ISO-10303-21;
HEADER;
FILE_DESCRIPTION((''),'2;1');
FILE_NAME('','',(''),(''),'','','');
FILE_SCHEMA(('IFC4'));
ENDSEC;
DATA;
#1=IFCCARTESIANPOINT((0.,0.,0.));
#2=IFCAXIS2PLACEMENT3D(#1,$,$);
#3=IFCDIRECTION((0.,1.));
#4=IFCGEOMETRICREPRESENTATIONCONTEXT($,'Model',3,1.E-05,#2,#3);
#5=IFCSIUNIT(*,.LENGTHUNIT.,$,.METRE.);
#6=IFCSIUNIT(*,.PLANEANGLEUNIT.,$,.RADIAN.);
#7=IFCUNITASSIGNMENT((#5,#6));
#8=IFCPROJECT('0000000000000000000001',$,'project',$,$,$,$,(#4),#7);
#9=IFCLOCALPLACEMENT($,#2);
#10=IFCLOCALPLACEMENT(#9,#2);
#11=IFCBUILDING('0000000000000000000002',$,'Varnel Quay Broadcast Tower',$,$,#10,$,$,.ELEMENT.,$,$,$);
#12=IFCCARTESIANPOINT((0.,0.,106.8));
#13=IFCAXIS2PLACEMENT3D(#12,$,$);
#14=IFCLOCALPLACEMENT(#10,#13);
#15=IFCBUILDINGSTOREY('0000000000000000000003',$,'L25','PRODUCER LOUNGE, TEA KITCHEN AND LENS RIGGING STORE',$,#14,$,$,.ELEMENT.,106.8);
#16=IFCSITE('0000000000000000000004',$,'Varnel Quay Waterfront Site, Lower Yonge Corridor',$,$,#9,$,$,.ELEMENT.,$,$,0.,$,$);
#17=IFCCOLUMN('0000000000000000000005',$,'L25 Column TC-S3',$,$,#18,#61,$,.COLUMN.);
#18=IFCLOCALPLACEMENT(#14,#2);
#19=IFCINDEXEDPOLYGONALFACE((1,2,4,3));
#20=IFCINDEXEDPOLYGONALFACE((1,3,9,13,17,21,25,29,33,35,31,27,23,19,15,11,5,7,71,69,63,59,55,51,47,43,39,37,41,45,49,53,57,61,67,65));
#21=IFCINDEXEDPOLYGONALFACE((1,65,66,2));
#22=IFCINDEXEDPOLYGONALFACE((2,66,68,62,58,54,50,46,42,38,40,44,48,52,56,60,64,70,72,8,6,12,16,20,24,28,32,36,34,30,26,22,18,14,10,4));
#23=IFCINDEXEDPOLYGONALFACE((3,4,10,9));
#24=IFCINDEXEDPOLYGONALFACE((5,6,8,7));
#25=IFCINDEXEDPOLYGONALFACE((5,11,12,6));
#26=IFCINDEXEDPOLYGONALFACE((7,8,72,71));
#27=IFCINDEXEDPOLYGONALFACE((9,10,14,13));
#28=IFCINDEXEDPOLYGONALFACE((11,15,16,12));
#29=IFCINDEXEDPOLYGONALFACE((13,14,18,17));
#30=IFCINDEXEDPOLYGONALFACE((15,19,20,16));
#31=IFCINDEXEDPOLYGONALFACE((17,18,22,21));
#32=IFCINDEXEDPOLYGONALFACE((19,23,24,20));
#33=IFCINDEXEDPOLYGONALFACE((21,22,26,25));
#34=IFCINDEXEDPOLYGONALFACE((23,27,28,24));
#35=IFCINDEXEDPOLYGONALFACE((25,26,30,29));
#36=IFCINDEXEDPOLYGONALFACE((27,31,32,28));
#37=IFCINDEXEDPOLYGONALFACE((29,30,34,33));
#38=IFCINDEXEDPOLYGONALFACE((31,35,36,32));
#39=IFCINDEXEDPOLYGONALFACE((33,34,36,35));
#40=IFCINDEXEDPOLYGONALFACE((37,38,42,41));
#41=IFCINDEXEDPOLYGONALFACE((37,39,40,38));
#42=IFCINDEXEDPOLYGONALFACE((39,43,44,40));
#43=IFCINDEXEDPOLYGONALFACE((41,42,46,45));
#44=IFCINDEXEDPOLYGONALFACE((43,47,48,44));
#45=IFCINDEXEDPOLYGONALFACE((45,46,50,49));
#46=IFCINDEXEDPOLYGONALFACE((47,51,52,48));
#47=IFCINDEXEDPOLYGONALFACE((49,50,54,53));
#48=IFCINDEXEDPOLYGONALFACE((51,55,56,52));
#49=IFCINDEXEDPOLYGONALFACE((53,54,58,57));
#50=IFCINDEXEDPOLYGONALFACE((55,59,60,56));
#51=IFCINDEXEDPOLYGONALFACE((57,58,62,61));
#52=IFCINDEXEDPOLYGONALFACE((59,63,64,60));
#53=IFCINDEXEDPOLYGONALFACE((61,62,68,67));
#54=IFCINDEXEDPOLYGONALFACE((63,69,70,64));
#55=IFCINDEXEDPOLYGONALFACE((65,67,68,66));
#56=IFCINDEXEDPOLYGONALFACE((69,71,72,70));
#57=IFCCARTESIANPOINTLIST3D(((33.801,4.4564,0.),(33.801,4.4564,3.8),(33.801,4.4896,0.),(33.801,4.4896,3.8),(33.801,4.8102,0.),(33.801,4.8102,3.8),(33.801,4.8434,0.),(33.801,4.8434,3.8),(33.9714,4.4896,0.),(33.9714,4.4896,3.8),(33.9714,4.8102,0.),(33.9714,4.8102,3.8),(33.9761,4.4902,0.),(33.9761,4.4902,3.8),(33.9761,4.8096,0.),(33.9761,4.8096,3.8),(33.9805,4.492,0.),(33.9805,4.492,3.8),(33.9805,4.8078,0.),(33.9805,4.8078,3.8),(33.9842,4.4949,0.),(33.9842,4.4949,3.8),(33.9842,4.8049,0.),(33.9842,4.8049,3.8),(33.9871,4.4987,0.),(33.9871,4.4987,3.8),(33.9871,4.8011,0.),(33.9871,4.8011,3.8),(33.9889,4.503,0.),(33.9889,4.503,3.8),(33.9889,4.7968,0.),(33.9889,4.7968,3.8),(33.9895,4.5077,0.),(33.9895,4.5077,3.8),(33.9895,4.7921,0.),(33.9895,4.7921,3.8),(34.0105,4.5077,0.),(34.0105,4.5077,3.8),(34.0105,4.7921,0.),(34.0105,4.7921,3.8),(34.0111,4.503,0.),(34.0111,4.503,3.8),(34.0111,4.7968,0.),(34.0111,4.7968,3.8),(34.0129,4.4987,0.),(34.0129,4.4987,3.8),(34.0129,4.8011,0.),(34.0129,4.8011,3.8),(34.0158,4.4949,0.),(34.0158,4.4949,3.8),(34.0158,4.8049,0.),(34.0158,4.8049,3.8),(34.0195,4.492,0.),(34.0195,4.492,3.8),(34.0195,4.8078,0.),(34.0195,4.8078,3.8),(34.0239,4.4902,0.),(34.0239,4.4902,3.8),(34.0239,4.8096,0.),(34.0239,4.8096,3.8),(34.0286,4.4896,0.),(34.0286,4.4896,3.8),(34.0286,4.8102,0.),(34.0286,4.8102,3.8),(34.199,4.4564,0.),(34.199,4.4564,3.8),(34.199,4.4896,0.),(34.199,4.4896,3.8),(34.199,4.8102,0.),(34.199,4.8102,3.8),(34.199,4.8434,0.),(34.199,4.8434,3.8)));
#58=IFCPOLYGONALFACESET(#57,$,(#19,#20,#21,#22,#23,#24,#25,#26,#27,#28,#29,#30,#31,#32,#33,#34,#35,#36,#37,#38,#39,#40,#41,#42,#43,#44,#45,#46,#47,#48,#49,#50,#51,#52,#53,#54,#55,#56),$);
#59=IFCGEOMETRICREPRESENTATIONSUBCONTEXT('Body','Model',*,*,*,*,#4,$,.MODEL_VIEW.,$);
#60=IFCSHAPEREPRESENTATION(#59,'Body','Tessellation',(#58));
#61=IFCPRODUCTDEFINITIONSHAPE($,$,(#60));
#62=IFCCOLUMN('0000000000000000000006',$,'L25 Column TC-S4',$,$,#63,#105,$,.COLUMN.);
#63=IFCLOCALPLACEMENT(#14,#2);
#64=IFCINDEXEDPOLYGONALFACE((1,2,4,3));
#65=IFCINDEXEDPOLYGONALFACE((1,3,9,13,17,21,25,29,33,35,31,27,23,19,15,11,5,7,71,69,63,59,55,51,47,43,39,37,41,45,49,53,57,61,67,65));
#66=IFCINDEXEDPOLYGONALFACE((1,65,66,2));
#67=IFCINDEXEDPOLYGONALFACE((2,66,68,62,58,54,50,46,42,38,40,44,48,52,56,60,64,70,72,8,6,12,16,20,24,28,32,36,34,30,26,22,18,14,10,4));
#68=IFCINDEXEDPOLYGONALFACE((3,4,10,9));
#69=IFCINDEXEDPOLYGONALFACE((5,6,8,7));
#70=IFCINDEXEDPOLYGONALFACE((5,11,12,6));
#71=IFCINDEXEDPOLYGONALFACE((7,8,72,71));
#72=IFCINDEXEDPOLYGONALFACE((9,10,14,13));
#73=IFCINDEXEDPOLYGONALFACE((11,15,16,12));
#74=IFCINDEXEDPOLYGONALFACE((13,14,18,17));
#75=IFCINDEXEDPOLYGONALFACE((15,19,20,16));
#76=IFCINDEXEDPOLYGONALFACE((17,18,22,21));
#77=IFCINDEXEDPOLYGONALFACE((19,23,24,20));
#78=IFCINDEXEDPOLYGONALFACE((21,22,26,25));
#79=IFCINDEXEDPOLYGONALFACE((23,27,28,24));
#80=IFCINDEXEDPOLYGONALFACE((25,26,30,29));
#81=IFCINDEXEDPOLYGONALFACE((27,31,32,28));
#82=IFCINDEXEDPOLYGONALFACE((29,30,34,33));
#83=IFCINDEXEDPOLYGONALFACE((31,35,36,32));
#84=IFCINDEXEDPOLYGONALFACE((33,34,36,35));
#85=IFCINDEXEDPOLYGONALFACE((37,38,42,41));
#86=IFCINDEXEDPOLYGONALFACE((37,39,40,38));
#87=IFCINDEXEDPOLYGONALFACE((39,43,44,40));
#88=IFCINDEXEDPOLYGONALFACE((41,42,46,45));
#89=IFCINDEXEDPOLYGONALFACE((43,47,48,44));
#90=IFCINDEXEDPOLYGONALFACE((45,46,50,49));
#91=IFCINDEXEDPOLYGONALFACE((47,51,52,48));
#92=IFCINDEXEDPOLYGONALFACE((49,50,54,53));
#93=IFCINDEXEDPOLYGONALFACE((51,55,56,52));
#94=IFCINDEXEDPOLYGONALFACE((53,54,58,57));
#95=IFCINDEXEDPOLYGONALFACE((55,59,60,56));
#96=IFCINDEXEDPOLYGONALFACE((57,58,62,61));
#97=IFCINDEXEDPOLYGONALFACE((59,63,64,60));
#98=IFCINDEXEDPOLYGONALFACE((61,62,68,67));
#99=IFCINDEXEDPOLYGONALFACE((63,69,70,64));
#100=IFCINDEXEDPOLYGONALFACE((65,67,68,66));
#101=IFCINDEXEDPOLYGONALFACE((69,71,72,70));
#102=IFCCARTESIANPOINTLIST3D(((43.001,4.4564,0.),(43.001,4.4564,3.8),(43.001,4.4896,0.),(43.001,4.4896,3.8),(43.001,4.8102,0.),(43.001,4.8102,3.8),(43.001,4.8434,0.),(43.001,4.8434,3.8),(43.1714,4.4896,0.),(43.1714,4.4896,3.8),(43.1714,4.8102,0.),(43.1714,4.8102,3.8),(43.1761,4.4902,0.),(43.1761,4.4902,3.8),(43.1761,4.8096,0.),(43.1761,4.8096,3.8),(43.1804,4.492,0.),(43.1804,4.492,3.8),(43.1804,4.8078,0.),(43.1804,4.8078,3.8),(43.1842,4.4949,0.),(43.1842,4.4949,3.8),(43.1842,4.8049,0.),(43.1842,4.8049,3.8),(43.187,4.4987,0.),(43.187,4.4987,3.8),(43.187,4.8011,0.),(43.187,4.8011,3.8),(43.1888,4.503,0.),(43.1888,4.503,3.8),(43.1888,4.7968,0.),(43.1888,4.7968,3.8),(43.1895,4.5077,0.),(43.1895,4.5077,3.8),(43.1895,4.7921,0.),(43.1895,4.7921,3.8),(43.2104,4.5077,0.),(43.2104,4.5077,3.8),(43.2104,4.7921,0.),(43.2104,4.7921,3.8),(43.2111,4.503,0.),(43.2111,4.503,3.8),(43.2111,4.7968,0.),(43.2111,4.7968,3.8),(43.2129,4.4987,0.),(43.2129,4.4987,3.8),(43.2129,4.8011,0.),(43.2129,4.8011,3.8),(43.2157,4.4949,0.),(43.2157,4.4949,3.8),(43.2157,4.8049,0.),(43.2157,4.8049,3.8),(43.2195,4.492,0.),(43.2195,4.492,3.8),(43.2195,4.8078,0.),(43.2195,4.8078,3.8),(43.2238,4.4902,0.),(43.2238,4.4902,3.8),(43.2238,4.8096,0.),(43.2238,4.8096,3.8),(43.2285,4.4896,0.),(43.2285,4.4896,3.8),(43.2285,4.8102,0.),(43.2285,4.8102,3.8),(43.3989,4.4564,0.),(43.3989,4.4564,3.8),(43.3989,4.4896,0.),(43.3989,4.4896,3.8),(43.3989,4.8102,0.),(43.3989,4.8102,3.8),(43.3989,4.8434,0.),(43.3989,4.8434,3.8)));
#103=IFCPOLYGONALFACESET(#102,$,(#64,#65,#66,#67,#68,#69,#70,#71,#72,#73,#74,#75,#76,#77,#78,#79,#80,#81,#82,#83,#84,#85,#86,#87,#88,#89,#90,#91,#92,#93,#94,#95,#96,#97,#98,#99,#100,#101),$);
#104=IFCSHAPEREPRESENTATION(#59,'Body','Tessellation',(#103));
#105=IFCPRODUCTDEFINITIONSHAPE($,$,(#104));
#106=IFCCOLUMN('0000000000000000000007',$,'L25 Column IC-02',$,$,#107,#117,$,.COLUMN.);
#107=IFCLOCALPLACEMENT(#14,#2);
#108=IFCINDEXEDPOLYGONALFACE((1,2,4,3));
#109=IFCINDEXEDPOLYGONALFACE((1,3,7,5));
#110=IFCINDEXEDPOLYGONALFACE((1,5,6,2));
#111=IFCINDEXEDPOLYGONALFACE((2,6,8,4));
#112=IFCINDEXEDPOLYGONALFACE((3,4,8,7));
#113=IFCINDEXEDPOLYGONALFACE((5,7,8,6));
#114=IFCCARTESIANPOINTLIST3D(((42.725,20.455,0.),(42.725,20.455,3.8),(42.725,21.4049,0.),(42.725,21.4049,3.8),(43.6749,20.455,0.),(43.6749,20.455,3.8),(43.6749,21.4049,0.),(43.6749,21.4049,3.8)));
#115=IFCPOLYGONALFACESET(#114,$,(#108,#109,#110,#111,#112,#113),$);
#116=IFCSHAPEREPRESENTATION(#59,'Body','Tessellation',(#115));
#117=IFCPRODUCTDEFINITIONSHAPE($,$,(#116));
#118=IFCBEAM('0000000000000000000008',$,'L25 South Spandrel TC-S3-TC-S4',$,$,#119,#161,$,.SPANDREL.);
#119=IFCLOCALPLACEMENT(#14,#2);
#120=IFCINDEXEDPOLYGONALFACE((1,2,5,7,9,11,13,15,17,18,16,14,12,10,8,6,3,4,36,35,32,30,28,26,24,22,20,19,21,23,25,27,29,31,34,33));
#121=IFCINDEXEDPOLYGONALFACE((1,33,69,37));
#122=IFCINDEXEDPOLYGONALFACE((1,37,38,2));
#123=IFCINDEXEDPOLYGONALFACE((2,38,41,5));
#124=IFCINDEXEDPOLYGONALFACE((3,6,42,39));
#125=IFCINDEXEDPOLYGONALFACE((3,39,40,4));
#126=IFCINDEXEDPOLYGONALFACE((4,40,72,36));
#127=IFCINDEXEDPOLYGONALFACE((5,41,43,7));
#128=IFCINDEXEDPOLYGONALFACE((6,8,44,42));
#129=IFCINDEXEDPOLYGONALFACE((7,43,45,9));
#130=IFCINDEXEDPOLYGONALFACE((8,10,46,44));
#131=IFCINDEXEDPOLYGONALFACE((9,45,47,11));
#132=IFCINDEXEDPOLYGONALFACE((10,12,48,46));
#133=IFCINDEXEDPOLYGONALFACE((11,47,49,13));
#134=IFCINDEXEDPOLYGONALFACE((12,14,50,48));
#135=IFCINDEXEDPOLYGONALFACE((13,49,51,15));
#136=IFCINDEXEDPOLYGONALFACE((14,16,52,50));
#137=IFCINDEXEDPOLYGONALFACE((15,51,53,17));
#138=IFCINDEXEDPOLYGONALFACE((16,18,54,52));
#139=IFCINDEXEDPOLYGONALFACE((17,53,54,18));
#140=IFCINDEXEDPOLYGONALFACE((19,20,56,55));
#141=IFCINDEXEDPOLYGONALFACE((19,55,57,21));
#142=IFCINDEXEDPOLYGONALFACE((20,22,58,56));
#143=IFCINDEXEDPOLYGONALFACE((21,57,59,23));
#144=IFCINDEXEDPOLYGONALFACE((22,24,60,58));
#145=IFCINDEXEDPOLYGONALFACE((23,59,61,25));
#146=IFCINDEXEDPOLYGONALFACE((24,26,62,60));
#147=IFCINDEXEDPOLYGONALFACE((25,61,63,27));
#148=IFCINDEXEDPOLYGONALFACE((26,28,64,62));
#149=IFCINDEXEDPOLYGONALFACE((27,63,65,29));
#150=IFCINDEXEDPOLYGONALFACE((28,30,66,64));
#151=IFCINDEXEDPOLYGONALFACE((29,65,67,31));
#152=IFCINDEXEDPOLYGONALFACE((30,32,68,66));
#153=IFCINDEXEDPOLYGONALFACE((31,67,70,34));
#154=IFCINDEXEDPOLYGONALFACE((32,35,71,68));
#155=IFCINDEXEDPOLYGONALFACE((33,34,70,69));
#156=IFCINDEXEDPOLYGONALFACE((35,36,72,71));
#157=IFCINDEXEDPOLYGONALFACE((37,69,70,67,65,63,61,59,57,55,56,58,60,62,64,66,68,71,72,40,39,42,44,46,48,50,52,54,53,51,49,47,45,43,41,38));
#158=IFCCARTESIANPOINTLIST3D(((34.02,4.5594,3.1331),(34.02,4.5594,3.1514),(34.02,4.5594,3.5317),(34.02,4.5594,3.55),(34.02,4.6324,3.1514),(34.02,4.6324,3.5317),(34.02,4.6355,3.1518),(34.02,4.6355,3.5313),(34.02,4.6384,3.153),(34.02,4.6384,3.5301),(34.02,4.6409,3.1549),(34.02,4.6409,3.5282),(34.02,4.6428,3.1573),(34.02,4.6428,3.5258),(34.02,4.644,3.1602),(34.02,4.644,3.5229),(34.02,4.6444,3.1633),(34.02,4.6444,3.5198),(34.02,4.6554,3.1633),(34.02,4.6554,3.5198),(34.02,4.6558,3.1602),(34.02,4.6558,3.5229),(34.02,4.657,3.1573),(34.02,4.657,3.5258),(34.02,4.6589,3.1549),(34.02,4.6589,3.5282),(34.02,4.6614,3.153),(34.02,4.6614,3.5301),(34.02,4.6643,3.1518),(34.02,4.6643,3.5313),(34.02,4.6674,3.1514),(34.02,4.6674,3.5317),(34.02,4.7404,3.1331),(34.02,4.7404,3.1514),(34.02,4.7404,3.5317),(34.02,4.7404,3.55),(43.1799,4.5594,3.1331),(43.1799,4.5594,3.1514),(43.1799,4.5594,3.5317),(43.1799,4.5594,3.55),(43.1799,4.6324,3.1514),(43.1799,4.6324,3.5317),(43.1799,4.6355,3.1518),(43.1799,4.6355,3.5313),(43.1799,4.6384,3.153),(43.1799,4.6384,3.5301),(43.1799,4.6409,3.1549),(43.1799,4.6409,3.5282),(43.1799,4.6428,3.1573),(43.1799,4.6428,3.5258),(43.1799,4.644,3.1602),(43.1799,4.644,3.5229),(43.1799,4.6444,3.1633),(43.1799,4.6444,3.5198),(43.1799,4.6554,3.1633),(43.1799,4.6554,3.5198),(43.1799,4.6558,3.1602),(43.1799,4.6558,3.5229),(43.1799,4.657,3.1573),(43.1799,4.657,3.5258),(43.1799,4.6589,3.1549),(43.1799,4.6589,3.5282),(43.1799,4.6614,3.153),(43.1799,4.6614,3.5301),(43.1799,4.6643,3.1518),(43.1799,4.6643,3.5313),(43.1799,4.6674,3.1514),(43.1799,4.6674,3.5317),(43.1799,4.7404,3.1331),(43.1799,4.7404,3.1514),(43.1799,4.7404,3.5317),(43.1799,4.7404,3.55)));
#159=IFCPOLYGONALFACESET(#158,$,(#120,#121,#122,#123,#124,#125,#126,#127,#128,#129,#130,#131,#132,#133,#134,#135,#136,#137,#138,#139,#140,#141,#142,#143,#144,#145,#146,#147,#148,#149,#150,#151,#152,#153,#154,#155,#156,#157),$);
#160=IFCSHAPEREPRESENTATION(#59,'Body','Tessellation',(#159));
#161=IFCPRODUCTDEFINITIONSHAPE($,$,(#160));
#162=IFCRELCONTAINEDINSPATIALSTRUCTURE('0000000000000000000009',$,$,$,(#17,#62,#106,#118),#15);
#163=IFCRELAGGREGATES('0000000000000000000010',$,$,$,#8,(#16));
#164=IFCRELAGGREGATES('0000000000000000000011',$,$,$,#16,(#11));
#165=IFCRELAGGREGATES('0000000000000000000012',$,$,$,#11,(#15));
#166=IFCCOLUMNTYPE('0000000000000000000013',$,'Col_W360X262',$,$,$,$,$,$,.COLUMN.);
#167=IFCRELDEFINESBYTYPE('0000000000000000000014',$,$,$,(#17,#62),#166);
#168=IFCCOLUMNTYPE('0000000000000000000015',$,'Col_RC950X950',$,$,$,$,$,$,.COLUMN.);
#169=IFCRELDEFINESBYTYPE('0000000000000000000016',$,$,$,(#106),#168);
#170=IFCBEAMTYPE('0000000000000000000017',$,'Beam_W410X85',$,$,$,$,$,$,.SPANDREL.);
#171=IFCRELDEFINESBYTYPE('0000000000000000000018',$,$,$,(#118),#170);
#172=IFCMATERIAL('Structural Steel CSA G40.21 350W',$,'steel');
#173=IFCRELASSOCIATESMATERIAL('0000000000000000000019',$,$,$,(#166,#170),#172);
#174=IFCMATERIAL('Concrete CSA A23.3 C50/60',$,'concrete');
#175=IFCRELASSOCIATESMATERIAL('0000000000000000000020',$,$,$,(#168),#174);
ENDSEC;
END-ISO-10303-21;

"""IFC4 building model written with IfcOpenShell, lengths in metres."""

from ifc_helpers import new_model, si_unit, direction, frame, origin, origin_2d, place, context, subcontext, project, spatial, rectangle, i_section, extrude, source, transform, mapped, material, material_profile, profile_set, type_object, type_shapes, element, save


model = new_model("IFC4")

# Units and contexts
model_context = context("Model", 3, precision=1e-05, world=origin(), true_north=direction((0.0, 1.0)))
body_context = subcontext(model_context, "Body", "Model", "MODEL_VIEW")
ifc_project = project(units=[si_unit("LENGTHUNIT", "METRE"), si_unit("PLANEANGLEUNIT", "RADIAN")], contexts=[model_context])

# Site, building, storey
site_placement = place(None, origin())
site = spatial("IfcSite", under=ifc_project, at=site_placement, Name="Varnel Quay Waterfront Site, Lower Yonge Corridor", CompositionType="ELEMENT", RefElevation=0.0)
building_placement = place(site_placement, origin())
building = spatial("IfcBuilding", under=site, at=building_placement, Name="Varnel Quay Broadcast Tower", CompositionType="ELEMENT")
storey_placement = place(building_placement, frame((0.0, 0.0, 106.8)))
storey = spatial("IfcBuildingStorey", under=building, at=storey_placement, Name="L25", Description="PRODUCER LOUNGE, TEA KITCHEN AND LENS RIGGING STORE", CompositionType="ELEMENT", Elevation=106.8)

# Columns
ifc_material_1 = material(Name="Structural Steel CSA G40.21 350W", Category="steel")
ifc_material_profile_1 = material_profile(ifc_material_1, i_section(OverallWidth=0.3979, OverallDepth=0.387, WebThickness=0.021, FlangeThickness=0.0332, FilletRadius=0.0181, at=origin_2d()), Name="W360X262")
ifc_profile_set_1 = profile_set([ifc_material_profile_1], Name="Structural Steel CSA G40.21 350W")
column_type_1 = type_object("IfcColumnType", Name="Col_W360X262", PredefinedType="COLUMN", material=ifc_profile_set_1)
shared_shape_1 = source(origin(), body_context, "Body", "SweptSolid", [
    extrude(i_section(OverallWidth=0.3979, OverallDepth=0.387, WebThickness=0.021, FlangeThickness=0.0332, FilletRadius=0.0181, at=origin_2d()), origin(), (0.0, 0.0, 1.0), 3.8),
])
type_shapes(column_type_1, [shared_shape_1])
for number, where, z_axis, x_axis, name in (
    (1, (34.0, 4.6499, 0.0), (0.0, 0.0, 1.0), (1.0, 0.0, 0.0), "L25 Column TC-S3"),
    (2, (43.2, 4.6499, 0.0), (0.0, 0.0, 1.0), (1.0, 0.0, 0.0), "L25 Column TC-S4"),
):
    element("IfcColumn", number, at=place(storey_placement, frame(where, z_axis=z_axis, x_axis=x_axis)), inside=storey, type_object=column_type_1, Name=name, PredefinedType="COLUMN", context=body_context, shape_type="MappedRepresentation", body=[
        mapped(shared_shape_1, transform((0.0, 0.0, 0.0), x_axis=(1.0, 0.0, 0.0), y_axis=(0.0, 1.0, 0.0), z_axis=(0.0, 0.0, 1.0), scale=1.0)),
    ])
ifc_material_2 = material(Name="Concrete CSA A23.3 C50/60", Category="concrete")
ifc_material_profile_2 = material_profile(ifc_material_2, rectangle(XDim=0.95, YDim=0.95, at=origin_2d()), Name="RC950X950")
ifc_profile_set_2 = profile_set([ifc_material_profile_2], Name="Concrete CSA A23.3 C50/60")
column_type_2 = type_object("IfcColumnType", Name="Col_RC950X950", PredefinedType="COLUMN", material=ifc_profile_set_2)
shared_shape_2 = source(origin(), body_context, "Body", "SweptSolid", [
    extrude(rectangle(XDim=0.95, YDim=0.95, at=origin_2d()), origin(), (0.0, 0.0, 1.0), 3.8),
])
type_shapes(column_type_2, [shared_shape_2])
column_placement = place(storey_placement, frame((43.2, 20.9299, 0.0), z_axis=(0.0, 0.0, 1.0), x_axis=(1.0, 0.0, 0.0)))
element("IfcColumn", 3, at=column_placement, inside=storey, type_object=column_type_2, Name="L25 Column IC-02", PredefinedType="COLUMN", context=body_context, shape_type="MappedRepresentation", body=[
    mapped(shared_shape_2, transform((0.0, 0.0, 0.0), x_axis=(1.0, 0.0, 0.0), y_axis=(0.0, 1.0, 0.0), z_axis=(0.0, 0.0, 1.0), scale=1.0)),
])

# Beam
ifc_material_profile_3 = material_profile(ifc_material_1, i_section(OverallWidth=0.1809, OverallDepth=0.417, WebThickness=0.011, FlangeThickness=0.0183, FilletRadius=0.012, at=origin_2d()), Name="W410X85")
ifc_profile_set_3 = profile_set([ifc_material_profile_3], Name="Structural Steel CSA G40.21 350W")
beam_type_1 = type_object("IfcBeamType", Name="Beam_W410X85", PredefinedType="SPANDREL", material=ifc_profile_set_3)
shared_shape_3 = source(origin(), body_context, "Body", "SweptSolid", [
    extrude(i_section(OverallWidth=0.1809, OverallDepth=0.417, WebThickness=0.011, FlangeThickness=0.0183, FilletRadius=0.012, at=origin_2d()), origin(), (0.0, 0.0, 1.0), 9.1599),
])
type_shapes(beam_type_1, [shared_shape_3])
for number, where, z_axis, x_axis, name in (
    (4, (34.02, 4.6499, 3.3416), (1.0, 0.0, 0.0), (0.0, 1.0, 0.0), "L25 South Spandrel TC-S3-TC-S4"),
):
    element("IfcBeam", number, at=place(storey_placement, frame(where, z_axis=z_axis, x_axis=x_axis)), inside=storey, type_object=beam_type_1, Name=name, PredefinedType="SPANDREL", context=body_context, shape_type="MappedRepresentation", body=[
        mapped(shared_shape_3, transform((0.0, 0.0, 0.0), x_axis=(1.0, 0.0, 0.0), y_axis=(0.0, 1.0, 0.0), z_axis=(0.0, 0.0, 1.0), scale=1.0)),
    ])

save(model, "model.ifc")
